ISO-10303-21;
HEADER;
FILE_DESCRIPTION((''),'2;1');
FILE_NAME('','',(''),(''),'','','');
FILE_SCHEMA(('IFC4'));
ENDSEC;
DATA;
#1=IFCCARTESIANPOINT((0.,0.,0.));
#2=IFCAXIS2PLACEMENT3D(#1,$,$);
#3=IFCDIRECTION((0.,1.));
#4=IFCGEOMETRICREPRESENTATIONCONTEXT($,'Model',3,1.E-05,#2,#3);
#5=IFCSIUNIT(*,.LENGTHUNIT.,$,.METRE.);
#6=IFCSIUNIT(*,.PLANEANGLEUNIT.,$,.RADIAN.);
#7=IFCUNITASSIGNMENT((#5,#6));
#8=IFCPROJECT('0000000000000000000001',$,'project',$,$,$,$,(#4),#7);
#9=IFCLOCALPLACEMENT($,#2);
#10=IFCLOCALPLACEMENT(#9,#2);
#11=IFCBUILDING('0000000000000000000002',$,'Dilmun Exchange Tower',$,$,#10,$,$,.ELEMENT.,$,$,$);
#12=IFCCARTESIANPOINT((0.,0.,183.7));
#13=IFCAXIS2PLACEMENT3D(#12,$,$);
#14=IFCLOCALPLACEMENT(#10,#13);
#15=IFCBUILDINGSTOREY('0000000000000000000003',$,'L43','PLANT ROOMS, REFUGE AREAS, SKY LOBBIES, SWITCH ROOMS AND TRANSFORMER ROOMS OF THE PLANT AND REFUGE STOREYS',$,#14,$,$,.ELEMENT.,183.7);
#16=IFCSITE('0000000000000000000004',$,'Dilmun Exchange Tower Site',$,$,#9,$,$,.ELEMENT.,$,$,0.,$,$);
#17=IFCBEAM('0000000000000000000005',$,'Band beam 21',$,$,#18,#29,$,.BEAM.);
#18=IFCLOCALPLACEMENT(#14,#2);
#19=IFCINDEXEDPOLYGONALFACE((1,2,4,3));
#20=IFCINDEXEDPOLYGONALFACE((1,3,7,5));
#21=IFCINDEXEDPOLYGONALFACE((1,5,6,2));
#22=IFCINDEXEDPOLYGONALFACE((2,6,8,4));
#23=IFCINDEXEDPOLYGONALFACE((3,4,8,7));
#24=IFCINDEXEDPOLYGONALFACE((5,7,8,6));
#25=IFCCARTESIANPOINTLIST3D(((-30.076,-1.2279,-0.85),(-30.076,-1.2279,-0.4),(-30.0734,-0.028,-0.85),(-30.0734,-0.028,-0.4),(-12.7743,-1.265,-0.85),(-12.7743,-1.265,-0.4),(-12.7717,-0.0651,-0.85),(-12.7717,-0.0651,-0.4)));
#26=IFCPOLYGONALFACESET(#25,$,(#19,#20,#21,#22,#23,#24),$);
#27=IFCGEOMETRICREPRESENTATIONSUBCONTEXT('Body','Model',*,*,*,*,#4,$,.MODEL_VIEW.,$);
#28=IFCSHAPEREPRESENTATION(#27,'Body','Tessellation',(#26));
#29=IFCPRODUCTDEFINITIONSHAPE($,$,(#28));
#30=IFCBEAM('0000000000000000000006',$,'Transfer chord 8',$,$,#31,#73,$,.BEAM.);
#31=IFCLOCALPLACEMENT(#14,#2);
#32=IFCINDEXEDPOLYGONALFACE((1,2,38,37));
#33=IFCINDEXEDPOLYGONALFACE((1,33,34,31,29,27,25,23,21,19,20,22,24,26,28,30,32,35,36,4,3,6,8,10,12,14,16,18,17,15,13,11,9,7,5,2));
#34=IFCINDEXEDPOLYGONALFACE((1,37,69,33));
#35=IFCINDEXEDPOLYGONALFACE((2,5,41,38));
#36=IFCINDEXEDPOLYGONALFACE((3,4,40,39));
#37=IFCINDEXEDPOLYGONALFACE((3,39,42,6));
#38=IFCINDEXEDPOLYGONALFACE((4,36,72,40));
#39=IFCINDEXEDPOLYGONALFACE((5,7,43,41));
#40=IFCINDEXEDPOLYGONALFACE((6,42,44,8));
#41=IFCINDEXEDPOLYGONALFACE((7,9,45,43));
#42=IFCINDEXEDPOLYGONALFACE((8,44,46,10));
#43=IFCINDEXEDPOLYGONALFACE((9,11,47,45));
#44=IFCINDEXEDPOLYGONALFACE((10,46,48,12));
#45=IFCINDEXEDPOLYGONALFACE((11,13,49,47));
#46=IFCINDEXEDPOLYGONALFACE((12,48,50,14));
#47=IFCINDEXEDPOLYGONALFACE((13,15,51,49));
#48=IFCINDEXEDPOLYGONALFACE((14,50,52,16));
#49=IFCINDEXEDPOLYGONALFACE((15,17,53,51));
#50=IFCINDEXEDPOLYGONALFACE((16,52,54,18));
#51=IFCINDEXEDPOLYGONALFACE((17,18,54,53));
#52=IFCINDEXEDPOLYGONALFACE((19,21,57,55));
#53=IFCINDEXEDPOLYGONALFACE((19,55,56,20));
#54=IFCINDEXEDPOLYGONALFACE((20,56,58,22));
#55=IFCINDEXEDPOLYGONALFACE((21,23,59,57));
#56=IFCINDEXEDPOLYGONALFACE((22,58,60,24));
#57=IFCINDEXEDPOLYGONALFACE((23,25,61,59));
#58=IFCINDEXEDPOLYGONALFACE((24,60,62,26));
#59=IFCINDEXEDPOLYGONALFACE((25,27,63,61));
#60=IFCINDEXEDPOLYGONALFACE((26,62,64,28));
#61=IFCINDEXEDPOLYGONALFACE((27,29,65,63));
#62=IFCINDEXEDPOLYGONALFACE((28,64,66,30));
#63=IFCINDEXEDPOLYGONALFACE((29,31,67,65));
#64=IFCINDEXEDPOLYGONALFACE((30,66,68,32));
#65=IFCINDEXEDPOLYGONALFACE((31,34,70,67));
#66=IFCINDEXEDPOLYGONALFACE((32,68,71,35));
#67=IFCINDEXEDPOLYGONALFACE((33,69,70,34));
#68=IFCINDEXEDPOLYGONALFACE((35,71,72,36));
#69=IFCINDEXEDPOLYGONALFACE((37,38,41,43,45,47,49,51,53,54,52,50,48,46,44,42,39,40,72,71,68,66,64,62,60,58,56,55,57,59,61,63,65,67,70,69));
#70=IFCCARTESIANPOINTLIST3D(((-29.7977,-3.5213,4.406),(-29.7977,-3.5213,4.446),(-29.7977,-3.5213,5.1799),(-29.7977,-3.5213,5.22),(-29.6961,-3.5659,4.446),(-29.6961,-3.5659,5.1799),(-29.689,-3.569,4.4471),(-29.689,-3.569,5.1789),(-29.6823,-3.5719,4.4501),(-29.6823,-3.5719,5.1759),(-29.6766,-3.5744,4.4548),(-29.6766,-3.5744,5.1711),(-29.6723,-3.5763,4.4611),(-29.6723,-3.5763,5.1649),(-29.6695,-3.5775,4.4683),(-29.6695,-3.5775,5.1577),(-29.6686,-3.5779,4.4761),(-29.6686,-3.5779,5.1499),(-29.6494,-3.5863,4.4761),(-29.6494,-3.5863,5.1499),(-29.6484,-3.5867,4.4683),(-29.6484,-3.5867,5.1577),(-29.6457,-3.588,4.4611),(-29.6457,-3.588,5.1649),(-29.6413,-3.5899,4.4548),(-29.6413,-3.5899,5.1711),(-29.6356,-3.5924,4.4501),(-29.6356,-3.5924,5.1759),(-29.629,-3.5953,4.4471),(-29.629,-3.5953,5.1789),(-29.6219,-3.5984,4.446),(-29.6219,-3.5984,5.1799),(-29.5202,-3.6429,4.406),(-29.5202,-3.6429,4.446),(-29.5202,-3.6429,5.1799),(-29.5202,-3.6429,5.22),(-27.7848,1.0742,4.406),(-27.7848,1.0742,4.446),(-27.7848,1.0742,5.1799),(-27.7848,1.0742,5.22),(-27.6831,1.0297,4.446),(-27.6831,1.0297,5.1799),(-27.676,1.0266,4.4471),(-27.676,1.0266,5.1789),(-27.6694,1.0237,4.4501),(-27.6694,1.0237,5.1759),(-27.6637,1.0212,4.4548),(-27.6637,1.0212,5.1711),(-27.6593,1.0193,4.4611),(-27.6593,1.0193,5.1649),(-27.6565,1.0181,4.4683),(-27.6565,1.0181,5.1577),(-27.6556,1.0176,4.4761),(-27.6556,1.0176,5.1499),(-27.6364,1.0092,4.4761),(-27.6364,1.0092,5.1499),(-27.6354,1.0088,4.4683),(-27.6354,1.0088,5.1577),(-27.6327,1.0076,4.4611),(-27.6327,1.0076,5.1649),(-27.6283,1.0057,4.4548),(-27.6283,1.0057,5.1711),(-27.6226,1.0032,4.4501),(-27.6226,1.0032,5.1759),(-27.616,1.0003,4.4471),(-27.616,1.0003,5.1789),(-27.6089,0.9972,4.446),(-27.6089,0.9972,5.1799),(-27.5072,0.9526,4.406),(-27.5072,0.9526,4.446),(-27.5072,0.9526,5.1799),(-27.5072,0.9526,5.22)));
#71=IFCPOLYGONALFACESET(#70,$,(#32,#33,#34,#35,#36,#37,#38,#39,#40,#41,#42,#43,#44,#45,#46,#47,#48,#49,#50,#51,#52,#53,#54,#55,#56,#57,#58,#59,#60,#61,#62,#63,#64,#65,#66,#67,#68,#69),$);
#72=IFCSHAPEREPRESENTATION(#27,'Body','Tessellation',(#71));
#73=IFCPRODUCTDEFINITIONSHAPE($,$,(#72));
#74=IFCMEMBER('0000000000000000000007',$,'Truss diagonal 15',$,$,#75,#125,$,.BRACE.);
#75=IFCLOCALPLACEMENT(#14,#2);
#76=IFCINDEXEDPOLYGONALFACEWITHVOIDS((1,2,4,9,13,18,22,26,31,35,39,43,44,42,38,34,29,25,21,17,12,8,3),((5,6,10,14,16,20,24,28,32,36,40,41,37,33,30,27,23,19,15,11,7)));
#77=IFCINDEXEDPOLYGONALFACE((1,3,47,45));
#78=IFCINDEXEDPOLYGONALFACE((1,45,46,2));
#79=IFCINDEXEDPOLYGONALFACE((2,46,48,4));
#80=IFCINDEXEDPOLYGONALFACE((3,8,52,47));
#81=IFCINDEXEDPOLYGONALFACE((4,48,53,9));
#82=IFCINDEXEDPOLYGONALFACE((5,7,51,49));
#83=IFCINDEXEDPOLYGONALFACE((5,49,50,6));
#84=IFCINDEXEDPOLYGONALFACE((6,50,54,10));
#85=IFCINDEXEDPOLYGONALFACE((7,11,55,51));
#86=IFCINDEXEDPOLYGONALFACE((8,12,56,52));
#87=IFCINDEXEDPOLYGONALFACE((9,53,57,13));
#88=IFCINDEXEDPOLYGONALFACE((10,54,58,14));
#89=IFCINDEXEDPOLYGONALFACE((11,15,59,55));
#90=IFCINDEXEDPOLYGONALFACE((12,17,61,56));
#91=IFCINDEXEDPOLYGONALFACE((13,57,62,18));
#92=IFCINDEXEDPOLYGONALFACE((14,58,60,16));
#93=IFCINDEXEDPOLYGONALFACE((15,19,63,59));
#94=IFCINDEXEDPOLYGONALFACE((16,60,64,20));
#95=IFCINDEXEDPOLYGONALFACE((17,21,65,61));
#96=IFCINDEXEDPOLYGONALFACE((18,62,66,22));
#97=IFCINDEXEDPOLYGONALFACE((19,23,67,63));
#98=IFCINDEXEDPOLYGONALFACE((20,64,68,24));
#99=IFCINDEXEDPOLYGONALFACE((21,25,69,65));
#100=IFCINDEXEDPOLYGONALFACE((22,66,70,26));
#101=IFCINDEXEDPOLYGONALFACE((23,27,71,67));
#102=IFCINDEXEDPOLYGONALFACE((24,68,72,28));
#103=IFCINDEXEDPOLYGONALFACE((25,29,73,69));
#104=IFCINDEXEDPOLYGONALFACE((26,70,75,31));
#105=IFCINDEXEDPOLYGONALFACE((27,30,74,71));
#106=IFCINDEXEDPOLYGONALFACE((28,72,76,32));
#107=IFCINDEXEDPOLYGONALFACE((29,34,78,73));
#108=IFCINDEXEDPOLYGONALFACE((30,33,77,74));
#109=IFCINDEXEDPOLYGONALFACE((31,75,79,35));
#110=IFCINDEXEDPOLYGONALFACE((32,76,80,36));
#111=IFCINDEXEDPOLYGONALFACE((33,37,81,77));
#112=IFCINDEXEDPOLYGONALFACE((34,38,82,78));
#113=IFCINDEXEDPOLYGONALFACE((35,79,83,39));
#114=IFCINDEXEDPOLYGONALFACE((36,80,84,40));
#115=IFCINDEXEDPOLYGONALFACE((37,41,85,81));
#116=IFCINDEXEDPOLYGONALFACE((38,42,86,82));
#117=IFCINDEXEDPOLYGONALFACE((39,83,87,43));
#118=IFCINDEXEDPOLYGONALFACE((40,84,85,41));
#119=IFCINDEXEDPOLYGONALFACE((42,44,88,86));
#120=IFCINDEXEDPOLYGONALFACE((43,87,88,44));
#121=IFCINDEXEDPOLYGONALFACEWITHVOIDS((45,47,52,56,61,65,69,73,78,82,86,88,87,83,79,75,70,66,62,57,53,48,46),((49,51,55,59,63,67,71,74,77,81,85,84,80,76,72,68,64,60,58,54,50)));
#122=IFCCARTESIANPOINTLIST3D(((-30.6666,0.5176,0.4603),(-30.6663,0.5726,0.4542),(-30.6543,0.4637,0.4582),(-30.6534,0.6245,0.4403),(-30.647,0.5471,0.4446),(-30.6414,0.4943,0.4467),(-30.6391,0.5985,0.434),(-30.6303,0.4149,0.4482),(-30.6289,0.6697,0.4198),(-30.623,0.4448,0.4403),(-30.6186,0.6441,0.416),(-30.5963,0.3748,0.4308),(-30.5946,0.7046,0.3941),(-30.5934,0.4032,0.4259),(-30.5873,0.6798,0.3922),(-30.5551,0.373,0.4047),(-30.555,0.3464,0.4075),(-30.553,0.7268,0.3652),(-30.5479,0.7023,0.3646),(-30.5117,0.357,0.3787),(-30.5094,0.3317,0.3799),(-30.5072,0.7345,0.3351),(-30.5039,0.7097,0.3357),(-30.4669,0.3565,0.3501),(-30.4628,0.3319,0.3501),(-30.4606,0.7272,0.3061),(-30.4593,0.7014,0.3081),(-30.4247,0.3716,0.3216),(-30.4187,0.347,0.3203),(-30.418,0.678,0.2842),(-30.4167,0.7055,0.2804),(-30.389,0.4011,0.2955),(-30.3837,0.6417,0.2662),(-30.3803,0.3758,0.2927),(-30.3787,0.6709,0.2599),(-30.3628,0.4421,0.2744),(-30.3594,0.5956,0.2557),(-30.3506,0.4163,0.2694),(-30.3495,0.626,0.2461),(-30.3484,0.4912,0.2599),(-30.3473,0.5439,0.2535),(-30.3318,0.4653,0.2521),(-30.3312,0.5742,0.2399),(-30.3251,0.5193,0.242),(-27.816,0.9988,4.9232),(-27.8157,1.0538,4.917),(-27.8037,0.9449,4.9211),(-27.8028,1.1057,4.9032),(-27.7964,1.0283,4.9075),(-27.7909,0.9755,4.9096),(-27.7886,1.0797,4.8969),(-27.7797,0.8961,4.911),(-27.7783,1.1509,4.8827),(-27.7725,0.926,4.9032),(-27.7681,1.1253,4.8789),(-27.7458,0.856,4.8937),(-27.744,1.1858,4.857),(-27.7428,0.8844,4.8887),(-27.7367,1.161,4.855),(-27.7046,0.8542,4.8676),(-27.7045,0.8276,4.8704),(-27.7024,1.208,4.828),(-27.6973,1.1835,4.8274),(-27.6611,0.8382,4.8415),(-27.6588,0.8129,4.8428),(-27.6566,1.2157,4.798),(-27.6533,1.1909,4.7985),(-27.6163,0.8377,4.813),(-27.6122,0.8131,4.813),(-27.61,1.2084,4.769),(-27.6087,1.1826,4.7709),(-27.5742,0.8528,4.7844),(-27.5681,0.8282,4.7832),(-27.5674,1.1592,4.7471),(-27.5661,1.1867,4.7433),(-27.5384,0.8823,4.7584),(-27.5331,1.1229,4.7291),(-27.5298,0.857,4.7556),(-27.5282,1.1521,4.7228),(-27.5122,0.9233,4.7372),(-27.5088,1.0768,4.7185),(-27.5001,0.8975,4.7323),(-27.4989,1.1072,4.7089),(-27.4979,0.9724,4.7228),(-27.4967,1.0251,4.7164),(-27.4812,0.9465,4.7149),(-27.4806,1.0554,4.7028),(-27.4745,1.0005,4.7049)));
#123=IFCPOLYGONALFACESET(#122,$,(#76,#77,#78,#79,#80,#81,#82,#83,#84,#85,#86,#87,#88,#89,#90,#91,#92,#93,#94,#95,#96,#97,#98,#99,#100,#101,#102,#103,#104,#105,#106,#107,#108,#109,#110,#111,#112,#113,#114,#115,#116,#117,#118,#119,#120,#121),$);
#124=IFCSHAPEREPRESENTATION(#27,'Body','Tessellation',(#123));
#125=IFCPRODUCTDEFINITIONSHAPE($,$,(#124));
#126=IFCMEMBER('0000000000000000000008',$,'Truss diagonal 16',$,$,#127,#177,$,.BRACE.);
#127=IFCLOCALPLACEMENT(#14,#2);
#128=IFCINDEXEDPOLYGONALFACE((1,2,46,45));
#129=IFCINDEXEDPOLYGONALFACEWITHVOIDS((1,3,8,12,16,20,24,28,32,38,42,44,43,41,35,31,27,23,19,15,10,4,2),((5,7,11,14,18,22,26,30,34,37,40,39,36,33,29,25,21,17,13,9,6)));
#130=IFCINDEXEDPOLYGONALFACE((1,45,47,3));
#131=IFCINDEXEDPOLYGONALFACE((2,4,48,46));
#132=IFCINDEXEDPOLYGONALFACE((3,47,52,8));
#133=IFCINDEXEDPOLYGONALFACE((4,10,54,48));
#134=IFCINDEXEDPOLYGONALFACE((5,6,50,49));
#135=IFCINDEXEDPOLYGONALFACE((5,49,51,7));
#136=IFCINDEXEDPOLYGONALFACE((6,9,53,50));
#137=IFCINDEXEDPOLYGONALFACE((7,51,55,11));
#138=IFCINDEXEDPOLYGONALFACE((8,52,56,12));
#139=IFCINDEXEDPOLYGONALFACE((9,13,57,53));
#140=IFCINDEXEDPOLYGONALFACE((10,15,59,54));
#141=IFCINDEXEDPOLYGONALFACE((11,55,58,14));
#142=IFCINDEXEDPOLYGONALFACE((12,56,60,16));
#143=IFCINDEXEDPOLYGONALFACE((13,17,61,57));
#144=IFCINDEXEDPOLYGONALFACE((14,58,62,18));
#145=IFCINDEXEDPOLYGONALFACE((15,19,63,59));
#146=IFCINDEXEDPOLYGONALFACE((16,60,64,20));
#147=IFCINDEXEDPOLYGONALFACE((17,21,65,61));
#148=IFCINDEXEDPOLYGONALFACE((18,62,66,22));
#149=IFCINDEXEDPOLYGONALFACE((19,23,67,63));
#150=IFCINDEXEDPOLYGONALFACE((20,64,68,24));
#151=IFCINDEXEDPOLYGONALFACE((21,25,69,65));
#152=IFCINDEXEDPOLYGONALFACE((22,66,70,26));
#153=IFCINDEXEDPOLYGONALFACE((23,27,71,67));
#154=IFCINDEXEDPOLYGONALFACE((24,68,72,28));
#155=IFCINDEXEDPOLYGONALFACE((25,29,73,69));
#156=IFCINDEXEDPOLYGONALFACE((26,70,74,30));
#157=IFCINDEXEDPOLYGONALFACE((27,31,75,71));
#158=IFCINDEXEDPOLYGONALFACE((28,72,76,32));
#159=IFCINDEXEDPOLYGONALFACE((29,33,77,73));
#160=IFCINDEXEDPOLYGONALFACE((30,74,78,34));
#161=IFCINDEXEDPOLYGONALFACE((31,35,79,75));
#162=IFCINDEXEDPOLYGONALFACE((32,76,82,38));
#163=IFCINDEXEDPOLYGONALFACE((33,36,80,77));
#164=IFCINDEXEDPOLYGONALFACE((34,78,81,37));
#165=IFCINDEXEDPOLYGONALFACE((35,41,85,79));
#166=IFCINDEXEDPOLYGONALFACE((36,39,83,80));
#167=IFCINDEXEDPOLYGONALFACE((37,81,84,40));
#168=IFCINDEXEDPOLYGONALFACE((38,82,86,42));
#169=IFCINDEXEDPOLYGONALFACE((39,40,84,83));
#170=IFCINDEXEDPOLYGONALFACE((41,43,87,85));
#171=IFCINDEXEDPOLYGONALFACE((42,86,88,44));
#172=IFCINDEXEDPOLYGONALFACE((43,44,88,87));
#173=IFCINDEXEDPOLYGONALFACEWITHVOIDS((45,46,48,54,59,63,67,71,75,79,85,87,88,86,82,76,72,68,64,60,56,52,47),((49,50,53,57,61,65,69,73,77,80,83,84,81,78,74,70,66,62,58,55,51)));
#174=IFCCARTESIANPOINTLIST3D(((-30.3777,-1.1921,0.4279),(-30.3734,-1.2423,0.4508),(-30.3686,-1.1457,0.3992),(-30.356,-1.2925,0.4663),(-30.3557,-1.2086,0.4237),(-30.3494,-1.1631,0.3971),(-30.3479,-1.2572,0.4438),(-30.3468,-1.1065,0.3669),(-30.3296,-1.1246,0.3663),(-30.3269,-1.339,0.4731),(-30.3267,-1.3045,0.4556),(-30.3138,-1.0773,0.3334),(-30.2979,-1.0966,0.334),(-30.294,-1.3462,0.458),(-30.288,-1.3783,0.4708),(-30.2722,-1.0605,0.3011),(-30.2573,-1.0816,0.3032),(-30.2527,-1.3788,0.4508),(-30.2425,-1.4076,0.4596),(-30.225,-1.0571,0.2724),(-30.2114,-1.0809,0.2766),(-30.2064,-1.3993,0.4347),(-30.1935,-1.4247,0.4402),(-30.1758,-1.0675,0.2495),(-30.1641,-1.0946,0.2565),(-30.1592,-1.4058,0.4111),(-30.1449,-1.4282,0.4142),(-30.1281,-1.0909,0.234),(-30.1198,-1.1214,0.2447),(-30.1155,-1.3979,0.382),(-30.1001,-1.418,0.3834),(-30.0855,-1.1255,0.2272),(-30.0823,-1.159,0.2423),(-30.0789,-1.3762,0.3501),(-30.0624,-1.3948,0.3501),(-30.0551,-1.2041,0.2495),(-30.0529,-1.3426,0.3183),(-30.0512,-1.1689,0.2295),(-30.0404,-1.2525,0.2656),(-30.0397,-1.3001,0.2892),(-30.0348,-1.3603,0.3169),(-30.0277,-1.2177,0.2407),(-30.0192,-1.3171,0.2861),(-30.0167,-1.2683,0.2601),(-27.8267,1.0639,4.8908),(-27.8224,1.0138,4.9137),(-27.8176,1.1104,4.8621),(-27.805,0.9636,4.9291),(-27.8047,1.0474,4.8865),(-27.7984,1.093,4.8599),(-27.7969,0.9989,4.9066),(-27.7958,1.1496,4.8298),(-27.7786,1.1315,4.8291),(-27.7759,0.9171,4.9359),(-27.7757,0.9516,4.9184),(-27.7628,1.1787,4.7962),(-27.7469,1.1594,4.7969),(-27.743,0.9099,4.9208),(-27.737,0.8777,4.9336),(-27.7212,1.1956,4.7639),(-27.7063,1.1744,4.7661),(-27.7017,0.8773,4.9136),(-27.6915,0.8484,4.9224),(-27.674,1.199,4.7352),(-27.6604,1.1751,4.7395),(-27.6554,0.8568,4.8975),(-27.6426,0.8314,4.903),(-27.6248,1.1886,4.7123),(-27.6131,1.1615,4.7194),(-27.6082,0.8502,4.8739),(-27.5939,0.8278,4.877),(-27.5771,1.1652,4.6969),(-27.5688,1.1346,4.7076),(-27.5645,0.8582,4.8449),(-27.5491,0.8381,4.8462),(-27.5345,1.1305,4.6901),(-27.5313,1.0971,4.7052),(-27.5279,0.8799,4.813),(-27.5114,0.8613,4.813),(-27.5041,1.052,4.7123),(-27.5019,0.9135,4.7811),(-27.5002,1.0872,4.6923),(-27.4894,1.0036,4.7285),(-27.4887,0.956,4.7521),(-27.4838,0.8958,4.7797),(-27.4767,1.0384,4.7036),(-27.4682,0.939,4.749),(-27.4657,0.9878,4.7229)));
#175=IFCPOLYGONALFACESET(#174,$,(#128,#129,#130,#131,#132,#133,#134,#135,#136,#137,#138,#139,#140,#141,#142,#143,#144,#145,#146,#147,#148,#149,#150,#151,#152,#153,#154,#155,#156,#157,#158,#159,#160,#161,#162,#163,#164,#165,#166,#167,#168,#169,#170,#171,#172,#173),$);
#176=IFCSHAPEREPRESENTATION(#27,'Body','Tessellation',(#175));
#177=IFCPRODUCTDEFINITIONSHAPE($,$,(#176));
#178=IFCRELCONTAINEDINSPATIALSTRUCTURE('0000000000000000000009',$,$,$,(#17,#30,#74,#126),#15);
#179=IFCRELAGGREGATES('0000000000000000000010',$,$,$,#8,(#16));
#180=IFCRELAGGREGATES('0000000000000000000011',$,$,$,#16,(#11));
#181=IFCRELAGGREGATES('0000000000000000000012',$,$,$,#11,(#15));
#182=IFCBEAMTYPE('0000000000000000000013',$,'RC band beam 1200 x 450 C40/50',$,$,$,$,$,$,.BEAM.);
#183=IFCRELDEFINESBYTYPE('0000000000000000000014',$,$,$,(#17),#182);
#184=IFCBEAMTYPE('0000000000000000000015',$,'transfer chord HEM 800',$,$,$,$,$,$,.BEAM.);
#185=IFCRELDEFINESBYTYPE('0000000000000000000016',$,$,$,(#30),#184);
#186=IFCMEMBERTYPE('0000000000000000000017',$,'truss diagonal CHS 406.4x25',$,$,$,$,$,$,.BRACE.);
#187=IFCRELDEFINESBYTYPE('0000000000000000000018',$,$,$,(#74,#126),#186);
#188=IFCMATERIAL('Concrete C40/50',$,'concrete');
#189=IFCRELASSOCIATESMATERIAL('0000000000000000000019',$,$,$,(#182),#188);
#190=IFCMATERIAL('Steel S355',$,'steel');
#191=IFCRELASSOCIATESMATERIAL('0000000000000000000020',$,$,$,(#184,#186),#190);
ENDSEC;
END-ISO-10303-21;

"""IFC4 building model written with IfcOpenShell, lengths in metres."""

from ifc_helpers import new_model, si_unit, direction, frame, origin, origin_2d, place, context, subcontext, project, spatial, rectangle, hollow_circle, i_section, extrude, material, material_profile, profile_set, type_object, element, save


model = new_model("IFC4")

# Units and contexts
model_context = context("Model", 3, precision=1e-05, world=origin(), true_north=direction((0.0, 1.0)))
body_context = subcontext(model_context, "Body", "Model", "MODEL_VIEW")
ifc_project = project(units=[si_unit("LENGTHUNIT", "METRE"), si_unit("PLANEANGLEUNIT", "RADIAN")], contexts=[model_context])

# Site, building, storey
site_placement = place(None, origin())
site = spatial("IfcSite", under=ifc_project, at=site_placement, Name="Dilmun Exchange Tower Site", CompositionType="ELEMENT", RefElevation=0.0)
building_placement = place(site_placement, origin())
building = spatial("IfcBuilding", under=site, at=building_placement, Name="Dilmun Exchange Tower", CompositionType="ELEMENT")
storey_placement = place(building_placement, frame((0.0, 0.0, 183.7)))
storey = spatial("IfcBuildingStorey", under=building, at=storey_placement, Name="L43", Description="PLANT ROOMS, REFUGE AREAS, SKY LOBBIES, SWITCH ROOMS AND TRANSFORMER ROOMS OF THE PLANT AND REFUGE STOREYS", CompositionType="ELEMENT", Elevation=183.7)

# Beams
ifc_material_1 = material(Name="Concrete C40/50", Category="concrete")
ifc_material_profile_1 = material_profile(ifc_material_1, rectangle(XDim=1.2, YDim=0.45, at=origin_2d()), Name="1200 x 450")
ifc_profile_set_1 = profile_set([ifc_material_profile_1], Name="Concrete C40/50")
beam_type_1 = type_object("IfcBeamType", Name="RC band beam 1200 x 450 C40/50", PredefinedType="BEAM", material=ifc_profile_set_1)
beam_1_placement = place(storey_placement, frame((-30.0747, -0.6279, -0.625), z_axis=(0.999998, -0.002145, 0.0), x_axis=(0.002145, 0.999998, 0.0)))
element("IfcBeam", 1, at=beam_1_placement, inside=storey, type_object=beam_type_1, Name="Band beam 21", PredefinedType="BEAM", context=body_context, shape_type="SweptSolid", body=[
    extrude(rectangle(XDim=1.2, YDim=0.45, at=origin_2d()), origin(), (0.0, 0.0, 1.0), 17.3018),
])
ifc_material_2 = material(Name="Steel S355", Category="steel")
ifc_material_profile_2 = material_profile(ifc_material_2, i_section(OverallWidth=0.303, OverallDepth=0.814, WebThickness=0.021, FlangeThickness=0.04, FilletRadius=0.03, at=origin_2d()), Name="HEM 800")
ifc_profile_set_2 = profile_set([ifc_material_profile_2], Name="Steel S355")
beam_type_2 = type_object("IfcBeamType", Name="transfer chord HEM 800", PredefinedType="BEAM", material=ifc_profile_set_2)
beam_2_placement = place(storey_placement, frame((-27.646, 1.0134, 4.813), z_axis=(-0.401225, -0.91598, 0.0), x_axis=(0.91598, -0.401225, 0.0)))
element("IfcBeam", 2, at=beam_2_placement, inside=storey, type_object=beam_type_2, Name="Transfer chord 8", PredefinedType="BEAM", context=body_context, shape_type="SweptSolid", body=[
    extrude(i_section(OverallWidth=0.303, OverallDepth=0.814, WebThickness=0.021, FlangeThickness=0.04, FilletRadius=0.03, at=origin_2d()), origin(), (0.0, 0.0, 1.0), 5.0171),
])

# Members
ifc_material_profile_3 = material_profile(ifc_material_2, hollow_circle(Radius=0.2031, WallThickness=0.0249, at=origin_2d()), Name="CHS 406.4x25")
ifc_profile_set_3 = profile_set([ifc_material_profile_3], Name="Steel S355")
member_type = type_object("IfcMemberType", Name="truss diagonal CHS 406.4x25", PredefinedType="BRACE", material=ifc_profile_set_3)
member_1_placement = place(storey_placement, frame((-27.646, 1.0134, 4.813), z_axis=(-0.536086, -0.090496, -0.839299), x_axis=(0.166453, -0.986049, 0.0)))
element("IfcMember", 3, at=member_1_placement, inside=storey, type_object=member_type, Name="Truss diagonal 15", PredefinedType="BRACE", context=body_context, shape_type="SweptSolid", body=[
    extrude(hollow_circle(Radius=0.2031, WallThickness=0.0249, at=origin_2d()), origin(), (0.0, 0.0, 1.0), 5.3174),
])
member_2_placement = place(storey_placement, frame((-27.646, 1.0134, 4.813), z_axis=(-0.454418, -0.401883, -0.794981), x_axis=(0.66248, -0.74908, 0.0)))
element("IfcMember", 4, at=member_2_placement, inside=storey, type_object=member_type, Name="Truss diagonal 16", PredefinedType="BRACE", context=body_context, shape_type="SweptSolid", body=[
    extrude(hollow_circle(Radius=0.2031, WallThickness=0.0249, at=origin_2d()), origin(), (0.0, 0.0, 1.0), 5.6138),
])

save(model, "model.ifc")
